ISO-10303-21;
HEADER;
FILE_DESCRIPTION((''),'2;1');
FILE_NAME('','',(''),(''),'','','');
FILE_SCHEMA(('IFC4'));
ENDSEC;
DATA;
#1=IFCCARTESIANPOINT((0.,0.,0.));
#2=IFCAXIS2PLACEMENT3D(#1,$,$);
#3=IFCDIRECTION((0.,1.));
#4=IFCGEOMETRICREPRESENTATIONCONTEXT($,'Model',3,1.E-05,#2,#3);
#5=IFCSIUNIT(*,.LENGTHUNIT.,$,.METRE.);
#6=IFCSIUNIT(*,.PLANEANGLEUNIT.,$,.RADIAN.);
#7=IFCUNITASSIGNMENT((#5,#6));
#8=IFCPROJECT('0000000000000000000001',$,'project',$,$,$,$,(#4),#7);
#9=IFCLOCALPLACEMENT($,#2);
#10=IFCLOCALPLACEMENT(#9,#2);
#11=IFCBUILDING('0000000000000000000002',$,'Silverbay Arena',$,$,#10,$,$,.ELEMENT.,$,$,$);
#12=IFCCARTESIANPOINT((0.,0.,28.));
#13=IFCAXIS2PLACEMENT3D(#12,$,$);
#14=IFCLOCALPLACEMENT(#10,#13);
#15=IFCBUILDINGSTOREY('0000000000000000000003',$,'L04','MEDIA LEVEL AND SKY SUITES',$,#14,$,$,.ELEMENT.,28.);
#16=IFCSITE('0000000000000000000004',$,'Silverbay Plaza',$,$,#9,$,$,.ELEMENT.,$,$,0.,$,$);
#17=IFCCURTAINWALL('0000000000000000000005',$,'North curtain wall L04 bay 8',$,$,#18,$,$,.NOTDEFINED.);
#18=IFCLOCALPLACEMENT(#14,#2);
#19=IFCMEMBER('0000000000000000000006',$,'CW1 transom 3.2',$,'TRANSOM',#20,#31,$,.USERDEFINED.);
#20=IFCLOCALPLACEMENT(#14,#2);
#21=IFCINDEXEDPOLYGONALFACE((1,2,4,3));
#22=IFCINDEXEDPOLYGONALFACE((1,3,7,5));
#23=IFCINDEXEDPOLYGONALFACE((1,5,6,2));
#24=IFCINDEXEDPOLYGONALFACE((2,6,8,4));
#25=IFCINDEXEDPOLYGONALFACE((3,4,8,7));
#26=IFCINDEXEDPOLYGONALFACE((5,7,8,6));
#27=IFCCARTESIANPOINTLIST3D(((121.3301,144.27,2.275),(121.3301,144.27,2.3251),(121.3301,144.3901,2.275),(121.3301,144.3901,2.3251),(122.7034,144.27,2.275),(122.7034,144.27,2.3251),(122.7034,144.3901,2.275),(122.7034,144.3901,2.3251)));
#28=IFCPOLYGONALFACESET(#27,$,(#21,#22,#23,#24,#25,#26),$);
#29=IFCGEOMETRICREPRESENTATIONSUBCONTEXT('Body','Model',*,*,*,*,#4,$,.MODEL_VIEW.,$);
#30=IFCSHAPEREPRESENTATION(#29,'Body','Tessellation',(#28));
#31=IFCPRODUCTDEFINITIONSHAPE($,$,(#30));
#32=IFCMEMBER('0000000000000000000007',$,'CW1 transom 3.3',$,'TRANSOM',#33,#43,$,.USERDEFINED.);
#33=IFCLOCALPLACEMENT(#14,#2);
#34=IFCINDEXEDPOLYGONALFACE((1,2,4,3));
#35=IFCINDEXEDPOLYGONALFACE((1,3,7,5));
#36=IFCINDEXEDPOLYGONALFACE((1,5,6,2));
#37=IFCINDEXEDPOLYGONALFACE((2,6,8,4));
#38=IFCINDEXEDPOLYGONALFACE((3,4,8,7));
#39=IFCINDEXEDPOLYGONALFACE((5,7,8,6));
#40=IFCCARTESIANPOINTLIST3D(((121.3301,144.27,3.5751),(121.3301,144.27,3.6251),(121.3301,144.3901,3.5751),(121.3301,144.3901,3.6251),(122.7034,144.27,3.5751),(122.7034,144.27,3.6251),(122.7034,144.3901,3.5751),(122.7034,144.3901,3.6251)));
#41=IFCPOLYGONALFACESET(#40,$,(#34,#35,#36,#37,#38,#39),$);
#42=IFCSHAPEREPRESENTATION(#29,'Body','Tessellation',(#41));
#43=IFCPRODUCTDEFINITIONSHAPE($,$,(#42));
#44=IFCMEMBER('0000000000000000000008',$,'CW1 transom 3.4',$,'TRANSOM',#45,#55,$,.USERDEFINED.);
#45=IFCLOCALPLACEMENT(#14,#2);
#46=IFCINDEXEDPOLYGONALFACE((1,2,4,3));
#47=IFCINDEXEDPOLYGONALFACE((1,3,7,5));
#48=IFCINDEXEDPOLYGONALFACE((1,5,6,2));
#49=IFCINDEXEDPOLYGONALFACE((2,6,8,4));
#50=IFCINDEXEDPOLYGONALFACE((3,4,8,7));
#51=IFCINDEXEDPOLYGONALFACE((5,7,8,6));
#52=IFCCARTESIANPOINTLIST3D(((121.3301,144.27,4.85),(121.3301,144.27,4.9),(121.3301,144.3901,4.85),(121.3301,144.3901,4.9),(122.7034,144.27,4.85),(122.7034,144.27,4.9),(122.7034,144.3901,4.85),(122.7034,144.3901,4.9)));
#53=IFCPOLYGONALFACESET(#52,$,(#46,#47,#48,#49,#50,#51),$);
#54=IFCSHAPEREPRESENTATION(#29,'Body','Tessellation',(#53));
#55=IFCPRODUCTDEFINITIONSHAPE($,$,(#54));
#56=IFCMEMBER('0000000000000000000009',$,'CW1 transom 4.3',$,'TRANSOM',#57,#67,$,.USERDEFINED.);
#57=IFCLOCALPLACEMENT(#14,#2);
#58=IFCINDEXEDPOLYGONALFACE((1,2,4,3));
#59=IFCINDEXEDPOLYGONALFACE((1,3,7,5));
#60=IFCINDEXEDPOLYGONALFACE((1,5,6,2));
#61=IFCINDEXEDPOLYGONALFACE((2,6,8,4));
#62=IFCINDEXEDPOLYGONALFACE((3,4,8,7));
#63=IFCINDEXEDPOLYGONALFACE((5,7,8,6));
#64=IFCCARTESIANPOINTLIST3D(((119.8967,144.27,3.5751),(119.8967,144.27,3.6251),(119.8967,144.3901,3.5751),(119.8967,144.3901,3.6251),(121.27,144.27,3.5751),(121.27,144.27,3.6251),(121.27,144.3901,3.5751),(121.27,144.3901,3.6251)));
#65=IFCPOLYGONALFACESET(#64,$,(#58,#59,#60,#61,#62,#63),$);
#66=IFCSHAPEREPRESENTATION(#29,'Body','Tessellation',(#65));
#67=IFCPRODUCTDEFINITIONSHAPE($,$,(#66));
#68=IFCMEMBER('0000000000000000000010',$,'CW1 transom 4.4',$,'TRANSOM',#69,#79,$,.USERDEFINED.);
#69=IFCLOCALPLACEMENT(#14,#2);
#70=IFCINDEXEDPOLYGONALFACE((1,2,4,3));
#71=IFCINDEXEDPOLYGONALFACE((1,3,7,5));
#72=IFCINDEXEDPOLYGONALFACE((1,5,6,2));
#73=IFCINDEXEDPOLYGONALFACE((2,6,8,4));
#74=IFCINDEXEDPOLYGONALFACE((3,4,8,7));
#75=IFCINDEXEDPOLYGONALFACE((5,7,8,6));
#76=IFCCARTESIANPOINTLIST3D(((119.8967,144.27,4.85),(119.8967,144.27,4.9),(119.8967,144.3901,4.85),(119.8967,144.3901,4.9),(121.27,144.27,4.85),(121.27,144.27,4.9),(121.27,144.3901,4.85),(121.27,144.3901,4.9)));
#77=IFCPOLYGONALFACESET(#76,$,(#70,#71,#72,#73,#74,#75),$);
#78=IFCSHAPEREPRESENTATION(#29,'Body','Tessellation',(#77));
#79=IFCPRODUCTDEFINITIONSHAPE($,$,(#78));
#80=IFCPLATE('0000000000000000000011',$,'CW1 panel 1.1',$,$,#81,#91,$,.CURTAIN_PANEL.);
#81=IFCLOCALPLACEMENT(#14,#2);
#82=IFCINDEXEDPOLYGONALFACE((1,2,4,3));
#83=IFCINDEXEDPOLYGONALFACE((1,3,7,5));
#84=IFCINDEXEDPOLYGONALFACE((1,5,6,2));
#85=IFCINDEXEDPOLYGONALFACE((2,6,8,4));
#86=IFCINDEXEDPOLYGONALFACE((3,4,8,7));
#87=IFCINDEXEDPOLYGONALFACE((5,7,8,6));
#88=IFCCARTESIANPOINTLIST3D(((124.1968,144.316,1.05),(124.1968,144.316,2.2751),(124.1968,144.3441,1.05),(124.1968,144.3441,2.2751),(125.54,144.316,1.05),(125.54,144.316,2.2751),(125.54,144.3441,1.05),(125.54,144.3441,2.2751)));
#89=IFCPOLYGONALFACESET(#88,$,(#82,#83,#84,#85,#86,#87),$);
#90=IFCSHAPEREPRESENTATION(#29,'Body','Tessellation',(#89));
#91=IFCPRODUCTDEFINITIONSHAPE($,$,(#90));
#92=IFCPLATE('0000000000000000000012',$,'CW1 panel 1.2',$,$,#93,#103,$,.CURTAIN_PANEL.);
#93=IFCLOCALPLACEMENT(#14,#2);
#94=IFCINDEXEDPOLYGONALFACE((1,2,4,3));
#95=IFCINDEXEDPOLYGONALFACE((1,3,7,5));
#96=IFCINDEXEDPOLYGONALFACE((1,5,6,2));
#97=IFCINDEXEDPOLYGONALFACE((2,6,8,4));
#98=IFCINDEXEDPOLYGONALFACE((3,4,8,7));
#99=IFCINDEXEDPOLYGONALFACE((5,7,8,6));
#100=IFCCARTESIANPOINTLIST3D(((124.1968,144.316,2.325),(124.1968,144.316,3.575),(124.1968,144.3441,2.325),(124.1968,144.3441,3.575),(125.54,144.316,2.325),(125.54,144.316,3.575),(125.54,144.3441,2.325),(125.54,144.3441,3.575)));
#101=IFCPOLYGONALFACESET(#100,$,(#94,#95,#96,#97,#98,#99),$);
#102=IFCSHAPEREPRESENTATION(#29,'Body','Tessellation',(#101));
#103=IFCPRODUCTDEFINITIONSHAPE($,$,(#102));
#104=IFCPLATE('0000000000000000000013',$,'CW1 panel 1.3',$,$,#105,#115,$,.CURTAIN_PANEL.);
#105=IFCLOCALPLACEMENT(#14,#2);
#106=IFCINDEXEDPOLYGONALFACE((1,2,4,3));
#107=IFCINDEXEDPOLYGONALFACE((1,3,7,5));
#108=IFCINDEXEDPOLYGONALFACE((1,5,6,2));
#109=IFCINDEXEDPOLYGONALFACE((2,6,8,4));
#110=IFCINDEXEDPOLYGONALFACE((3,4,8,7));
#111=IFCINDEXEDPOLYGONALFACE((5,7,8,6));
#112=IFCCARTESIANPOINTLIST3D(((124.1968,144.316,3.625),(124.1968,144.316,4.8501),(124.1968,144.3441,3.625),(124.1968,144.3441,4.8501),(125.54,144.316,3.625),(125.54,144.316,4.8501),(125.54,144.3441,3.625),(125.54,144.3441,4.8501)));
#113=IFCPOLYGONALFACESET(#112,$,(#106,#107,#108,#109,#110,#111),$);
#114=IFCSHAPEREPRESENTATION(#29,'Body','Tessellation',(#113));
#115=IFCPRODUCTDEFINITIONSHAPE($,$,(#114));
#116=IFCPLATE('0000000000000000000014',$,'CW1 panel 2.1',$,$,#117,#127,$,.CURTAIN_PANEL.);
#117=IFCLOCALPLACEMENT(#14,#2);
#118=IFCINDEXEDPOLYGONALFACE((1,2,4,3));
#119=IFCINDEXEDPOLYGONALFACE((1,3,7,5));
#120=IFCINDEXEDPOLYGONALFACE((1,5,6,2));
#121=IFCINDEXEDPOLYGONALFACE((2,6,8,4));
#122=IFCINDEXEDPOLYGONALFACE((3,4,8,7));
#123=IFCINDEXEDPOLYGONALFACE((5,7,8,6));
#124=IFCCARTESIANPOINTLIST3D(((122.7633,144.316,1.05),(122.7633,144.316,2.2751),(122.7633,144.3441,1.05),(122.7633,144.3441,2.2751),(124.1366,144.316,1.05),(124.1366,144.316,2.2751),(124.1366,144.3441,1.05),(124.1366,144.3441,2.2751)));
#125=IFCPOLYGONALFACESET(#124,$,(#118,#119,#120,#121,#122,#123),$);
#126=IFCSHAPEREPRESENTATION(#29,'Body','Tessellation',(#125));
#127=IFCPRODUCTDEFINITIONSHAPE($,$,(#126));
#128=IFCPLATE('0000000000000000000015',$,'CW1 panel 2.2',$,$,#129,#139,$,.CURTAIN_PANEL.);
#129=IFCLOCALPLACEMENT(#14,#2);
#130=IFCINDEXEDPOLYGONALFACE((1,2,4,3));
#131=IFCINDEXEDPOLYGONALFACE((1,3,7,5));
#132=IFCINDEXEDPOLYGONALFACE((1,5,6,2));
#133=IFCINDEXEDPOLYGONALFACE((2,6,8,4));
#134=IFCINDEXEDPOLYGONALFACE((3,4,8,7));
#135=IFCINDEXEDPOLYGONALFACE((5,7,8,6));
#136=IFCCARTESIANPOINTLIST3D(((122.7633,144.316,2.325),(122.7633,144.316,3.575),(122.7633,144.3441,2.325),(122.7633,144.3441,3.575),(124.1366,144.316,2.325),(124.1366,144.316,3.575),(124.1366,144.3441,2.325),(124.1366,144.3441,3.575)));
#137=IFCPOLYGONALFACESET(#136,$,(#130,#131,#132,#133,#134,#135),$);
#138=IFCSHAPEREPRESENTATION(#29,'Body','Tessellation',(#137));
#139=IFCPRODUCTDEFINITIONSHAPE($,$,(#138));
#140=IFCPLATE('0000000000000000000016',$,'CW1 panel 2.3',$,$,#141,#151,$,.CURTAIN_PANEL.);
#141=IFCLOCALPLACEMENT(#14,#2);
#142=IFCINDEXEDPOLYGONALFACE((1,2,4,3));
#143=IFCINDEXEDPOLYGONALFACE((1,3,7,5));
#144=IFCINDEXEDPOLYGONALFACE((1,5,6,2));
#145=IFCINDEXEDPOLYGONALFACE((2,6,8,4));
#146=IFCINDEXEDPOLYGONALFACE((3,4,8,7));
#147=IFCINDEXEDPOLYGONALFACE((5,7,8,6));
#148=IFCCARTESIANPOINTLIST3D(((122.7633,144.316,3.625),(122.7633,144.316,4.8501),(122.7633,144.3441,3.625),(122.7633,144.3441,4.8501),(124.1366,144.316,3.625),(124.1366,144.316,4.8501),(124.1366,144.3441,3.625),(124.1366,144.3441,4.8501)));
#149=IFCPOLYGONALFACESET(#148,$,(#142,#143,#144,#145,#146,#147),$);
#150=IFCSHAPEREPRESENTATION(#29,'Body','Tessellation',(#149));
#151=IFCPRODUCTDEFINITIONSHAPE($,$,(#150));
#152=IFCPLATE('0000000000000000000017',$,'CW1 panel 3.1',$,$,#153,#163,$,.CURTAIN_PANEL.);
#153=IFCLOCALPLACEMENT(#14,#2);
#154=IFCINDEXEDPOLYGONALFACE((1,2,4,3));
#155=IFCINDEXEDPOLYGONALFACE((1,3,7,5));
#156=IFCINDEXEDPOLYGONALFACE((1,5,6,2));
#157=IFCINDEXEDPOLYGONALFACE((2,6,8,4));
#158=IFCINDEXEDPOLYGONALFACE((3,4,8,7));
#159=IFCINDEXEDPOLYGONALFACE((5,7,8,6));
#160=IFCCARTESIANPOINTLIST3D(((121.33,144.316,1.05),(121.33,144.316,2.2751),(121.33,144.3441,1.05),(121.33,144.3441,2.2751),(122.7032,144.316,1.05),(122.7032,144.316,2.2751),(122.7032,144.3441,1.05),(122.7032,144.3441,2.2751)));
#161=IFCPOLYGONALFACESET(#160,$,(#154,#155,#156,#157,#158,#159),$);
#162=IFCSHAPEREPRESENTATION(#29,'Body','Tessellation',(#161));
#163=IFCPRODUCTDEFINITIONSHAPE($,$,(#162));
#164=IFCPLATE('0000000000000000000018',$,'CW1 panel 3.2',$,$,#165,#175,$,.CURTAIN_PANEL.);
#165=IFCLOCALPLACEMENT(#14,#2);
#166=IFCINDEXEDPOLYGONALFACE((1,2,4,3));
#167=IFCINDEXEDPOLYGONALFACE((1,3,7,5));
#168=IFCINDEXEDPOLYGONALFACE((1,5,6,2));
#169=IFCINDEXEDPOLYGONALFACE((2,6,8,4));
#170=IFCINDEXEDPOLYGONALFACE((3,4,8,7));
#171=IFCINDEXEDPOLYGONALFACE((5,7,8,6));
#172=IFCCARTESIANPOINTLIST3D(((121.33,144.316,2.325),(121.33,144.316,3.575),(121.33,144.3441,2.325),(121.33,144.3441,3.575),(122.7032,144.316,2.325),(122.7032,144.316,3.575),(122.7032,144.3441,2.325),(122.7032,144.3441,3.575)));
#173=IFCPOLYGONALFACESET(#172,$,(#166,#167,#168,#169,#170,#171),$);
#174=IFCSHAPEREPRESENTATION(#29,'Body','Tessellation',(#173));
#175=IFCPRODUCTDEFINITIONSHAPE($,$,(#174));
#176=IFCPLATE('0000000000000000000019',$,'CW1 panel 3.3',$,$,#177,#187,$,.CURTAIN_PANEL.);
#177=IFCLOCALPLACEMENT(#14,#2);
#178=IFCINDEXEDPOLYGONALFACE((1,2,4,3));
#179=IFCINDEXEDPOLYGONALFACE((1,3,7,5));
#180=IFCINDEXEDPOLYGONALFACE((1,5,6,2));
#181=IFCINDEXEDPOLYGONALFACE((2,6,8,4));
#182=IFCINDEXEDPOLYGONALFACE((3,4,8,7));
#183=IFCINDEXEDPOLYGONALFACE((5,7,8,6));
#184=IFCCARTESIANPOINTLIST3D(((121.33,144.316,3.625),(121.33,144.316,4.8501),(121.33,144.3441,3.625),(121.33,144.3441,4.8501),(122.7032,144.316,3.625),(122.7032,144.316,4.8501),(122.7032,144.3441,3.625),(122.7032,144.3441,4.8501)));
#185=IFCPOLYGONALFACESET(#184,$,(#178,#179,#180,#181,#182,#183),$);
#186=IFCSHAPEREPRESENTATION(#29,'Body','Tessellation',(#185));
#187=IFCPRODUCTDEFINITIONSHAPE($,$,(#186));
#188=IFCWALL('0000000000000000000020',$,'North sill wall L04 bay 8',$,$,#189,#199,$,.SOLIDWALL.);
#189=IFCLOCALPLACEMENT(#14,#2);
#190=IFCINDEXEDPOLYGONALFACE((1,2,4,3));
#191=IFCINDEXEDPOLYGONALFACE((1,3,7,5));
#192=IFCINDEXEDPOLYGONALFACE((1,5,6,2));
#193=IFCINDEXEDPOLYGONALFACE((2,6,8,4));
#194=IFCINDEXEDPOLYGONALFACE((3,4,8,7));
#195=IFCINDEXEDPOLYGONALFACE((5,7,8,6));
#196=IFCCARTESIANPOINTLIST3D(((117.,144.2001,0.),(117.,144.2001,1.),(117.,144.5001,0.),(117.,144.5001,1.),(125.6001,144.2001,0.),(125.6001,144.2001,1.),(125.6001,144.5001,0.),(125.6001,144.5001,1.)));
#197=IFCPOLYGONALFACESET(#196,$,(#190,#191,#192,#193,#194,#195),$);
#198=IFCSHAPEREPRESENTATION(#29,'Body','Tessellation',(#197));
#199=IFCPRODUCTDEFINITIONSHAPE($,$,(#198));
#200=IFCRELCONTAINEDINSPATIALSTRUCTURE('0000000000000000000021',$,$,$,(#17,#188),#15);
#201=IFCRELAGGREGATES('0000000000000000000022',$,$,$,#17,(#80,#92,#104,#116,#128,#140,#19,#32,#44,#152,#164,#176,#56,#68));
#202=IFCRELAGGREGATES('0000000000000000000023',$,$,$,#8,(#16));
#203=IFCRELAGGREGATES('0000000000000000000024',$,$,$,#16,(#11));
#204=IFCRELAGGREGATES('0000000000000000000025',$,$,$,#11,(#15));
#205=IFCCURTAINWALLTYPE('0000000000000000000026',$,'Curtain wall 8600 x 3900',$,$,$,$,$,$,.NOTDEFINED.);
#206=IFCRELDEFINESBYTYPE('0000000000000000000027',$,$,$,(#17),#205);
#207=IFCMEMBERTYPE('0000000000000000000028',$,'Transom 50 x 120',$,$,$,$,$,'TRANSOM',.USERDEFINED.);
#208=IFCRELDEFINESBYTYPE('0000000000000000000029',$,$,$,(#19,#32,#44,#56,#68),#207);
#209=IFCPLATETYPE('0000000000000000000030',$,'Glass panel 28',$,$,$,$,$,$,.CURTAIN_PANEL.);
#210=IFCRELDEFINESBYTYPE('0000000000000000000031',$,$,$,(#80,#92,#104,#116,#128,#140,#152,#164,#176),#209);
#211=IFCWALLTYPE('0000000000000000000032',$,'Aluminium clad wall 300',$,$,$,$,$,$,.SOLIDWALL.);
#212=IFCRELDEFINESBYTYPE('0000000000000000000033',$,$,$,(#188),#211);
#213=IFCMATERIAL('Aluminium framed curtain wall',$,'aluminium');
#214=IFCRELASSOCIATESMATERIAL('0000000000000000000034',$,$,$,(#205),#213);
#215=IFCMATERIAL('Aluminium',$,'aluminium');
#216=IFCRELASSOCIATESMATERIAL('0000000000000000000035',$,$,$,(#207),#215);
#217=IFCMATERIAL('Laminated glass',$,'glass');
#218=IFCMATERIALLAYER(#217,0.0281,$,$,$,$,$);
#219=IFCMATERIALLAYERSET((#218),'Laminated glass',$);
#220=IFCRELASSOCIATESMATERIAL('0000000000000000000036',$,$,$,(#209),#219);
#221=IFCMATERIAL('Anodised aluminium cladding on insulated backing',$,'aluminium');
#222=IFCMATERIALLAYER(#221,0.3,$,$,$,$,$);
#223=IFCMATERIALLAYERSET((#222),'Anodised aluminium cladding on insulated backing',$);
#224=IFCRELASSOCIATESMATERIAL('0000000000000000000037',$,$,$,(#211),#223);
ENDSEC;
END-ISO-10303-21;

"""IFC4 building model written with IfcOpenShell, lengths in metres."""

from ifc_helpers import new_model, si_unit, direction, frame, frame_2d, origin, origin_2d, place, context, subcontext, project, spatial, rectangle, extrude, material, layer, layer_set, material_profile, profile_set, type_object, element, aggregate, save


model = new_model("IFC4")

# Units and contexts
model_context = context("Model", 3, precision=1e-05, world=origin(), true_north=direction((0.0, 1.0)))
body_context = subcontext(model_context, "Body", "Model", "MODEL_VIEW")
ifc_project = project(units=[si_unit("LENGTHUNIT", "METRE"), si_unit("PLANEANGLEUNIT", "RADIAN")], contexts=[model_context])

# Site, building, storey
site_placement = place(None, origin())
site = spatial("IfcSite", under=ifc_project, at=site_placement, Name="Silverbay Plaza", CompositionType="ELEMENT", RefElevation=0.0)
building_placement = place(site_placement, origin())
building = spatial("IfcBuilding", under=site, at=building_placement, Name="Silverbay Arena", CompositionType="ELEMENT")
storey_placement = place(building_placement, frame((0.0, 0.0, 28.0)))
storey = spatial("IfcBuildingStorey", under=building, at=storey_placement, Name="L04", Description="MEDIA LEVEL AND SKY SUITES", CompositionType="ELEMENT", Elevation=28.0)

# Curtain wall
ifc_material_1 = material(Name="Aluminium framed curtain wall", Category="aluminium")
curtain_wall_type = type_object("IfcCurtainWallType", Name="Curtain wall 8600 x 3900", PredefinedType="NOTDEFINED", material=ifc_material_1)
curtain_wall_placement = place(storey_placement, origin())
curtain_wall = element("IfcCurtainWall", 1, at=curtain_wall_placement, inside=storey, type_object=curtain_wall_type, Name="North curtain wall L04 bay 8", PredefinedType="NOTDEFINED")

# Members
ifc_material_2 = material(Name="Aluminium", Category="aluminium")
ifc_material_profile_1 = material_profile(ifc_material_2, rectangle(XDim=0.1201, YDim=0.05, at=origin_2d()), Name="Transom 50 x 120")
ifc_profile_set_1 = profile_set([ifc_material_profile_1], Name="Aluminium")
member_type_1 = type_object("IfcMemberType", Name="Transom 50 x 120", ElementType="TRANSOM", PredefinedType="USERDEFINED", material=ifc_profile_set_1)
member_1_placement = place(storey_placement, frame((122.7034, 144.3301, 2.3), z_axis=(-1.0, 0.0, 0.0), x_axis=(0.0, -1.0, 0.0)))
member_1 = element("IfcMember", 2, at=member_1_placement, type_object=member_type_1, Name="CW1 transom 3.2", ObjectType="TRANSOM", PredefinedType="USERDEFINED", context=body_context, shape_type="SweptSolid", body=[
    extrude(rectangle(XDim=0.1201, YDim=0.05, at=origin_2d()), origin(), (0.0, 0.0, 1.0), 1.3733),
])
member_2_placement = place(storey_placement, frame((122.7034, 144.3301, 3.6001), z_axis=(-1.0, 0.0, 0.0), x_axis=(0.0, -1.0, 0.0)))
member_2 = element("IfcMember", 3, at=member_2_placement, type_object=member_type_1, Name="CW1 transom 3.3", ObjectType="TRANSOM", PredefinedType="USERDEFINED", context=body_context, shape_type="SweptSolid", body=[
    extrude(rectangle(XDim=0.1201, YDim=0.05, at=origin_2d()), origin(), (0.0, 0.0, 1.0), 1.3733),
])
member_3_placement = place(storey_placement, frame((122.7034, 144.3301, 4.875), z_axis=(-1.0, 0.0, 0.0), x_axis=(0.0, -1.0, 0.0)))
member_3 = element("IfcMember", 4, at=member_3_placement, type_object=member_type_1, Name="CW1 transom 3.4", ObjectType="TRANSOM", PredefinedType="USERDEFINED", context=body_context, shape_type="SweptSolid", body=[
    extrude(rectangle(XDim=0.1201, YDim=0.05, at=origin_2d()), origin(), (0.0, 0.0, 1.0), 1.3733),
])
member_4_placement = place(storey_placement, frame((121.27, 144.3301, 3.6001), z_axis=(-1.0, 0.0, 0.0), x_axis=(0.0, -1.0, 0.0)))
member_4 = element("IfcMember", 5, at=member_4_placement, type_object=member_type_1, Name="CW1 transom 4.3", ObjectType="TRANSOM", PredefinedType="USERDEFINED", context=body_context, shape_type="SweptSolid", body=[
    extrude(rectangle(XDim=0.1201, YDim=0.05, at=origin_2d()), origin(), (0.0, 0.0, 1.0), 1.3733),
])
member_5_placement = place(storey_placement, frame((121.27, 144.3301, 4.875), z_axis=(-1.0, 0.0, 0.0), x_axis=(0.0, -1.0, 0.0)))
member_5 = element("IfcMember", 6, at=member_5_placement, type_object=member_type_1, Name="CW1 transom 4.4", ObjectType="TRANSOM", PredefinedType="USERDEFINED", context=body_context, shape_type="SweptSolid", body=[
    extrude(rectangle(XDim=0.1201, YDim=0.05, at=origin_2d()), origin(), (0.0, 0.0, 1.0), 1.3733),
])

# Plates
ifc_material_3 = material(Name="Laminated glass", Category="glass")
ifc_layer_1 = layer(ifc_material_3, 0.0281)
ifc_layer_set_1 = layer_set([ifc_layer_1], Name="Laminated glass")
plate_type = type_object("IfcPlateType", Name="Glass panel 28", PredefinedType="CURTAIN_PANEL", material=ifc_layer_set_1)
plate_1_placement = place(storey_placement, frame((124.8684, 144.3301, 1.05), z_axis=(0.0, 0.0, 1.0), x_axis=(-1.0, 0.0, 0.0)))
plate_1 = element("IfcPlate", 7, at=plate_1_placement, type_object=plate_type, Name="CW1 panel 1.1", PredefinedType="CURTAIN_PANEL", context=body_context, shape_type="SweptSolid", body=[
    extrude(rectangle(XDim=1.3433, YDim=0.0281, at=origin_2d()), origin(), (0.0, 0.0, 1.0), 1.2251),
])
plate_2_placement = place(storey_placement, frame((124.8684, 144.3301, 2.325), z_axis=(0.0, 0.0, 1.0), x_axis=(-1.0, 0.0, 0.0)))
plate_2 = element("IfcPlate", 8, at=plate_2_placement, type_object=plate_type, Name="CW1 panel 1.2", PredefinedType="CURTAIN_PANEL", context=body_context, shape_type="SweptSolid", body=[
    extrude(rectangle(XDim=1.3433, YDim=0.0281, at=origin_2d()), origin(), (0.0, 0.0, 1.0), 1.25),
])
plate_3_placement = place(storey_placement, frame((124.8684, 144.3301, 3.625), z_axis=(0.0, 0.0, 1.0), x_axis=(-1.0, 0.0, 0.0)))
plate_3 = element("IfcPlate", 9, at=plate_3_placement, type_object=plate_type, Name="CW1 panel 1.3", PredefinedType="CURTAIN_PANEL", context=body_context, shape_type="SweptSolid", body=[
    extrude(rectangle(XDim=1.3433, YDim=0.0281, at=origin_2d()), origin(), (0.0, 0.0, 1.0), 1.2251),
])
plate_4_placement = place(storey_placement, frame((123.45, 144.3301, 1.05), z_axis=(0.0, 0.0, 1.0), x_axis=(-1.0, 0.0, 0.0)))
plate_4 = element("IfcPlate", 10, at=plate_4_placement, type_object=plate_type, Name="CW1 panel 2.1", PredefinedType="CURTAIN_PANEL", context=body_context, shape_type="SweptSolid", body=[
    extrude(rectangle(XDim=1.3733, YDim=0.0281, at=origin_2d()), origin(), (0.0, 0.0, 1.0), 1.2251),
])
plate_5_placement = place(storey_placement, frame((123.45, 144.3301, 2.325), z_axis=(0.0, 0.0, 1.0), x_axis=(-1.0, 0.0, 0.0)))
plate_5 = element("IfcPlate", 11, at=plate_5_placement, type_object=plate_type, Name="CW1 panel 2.2", PredefinedType="CURTAIN_PANEL", context=body_context, shape_type="SweptSolid", body=[
    extrude(rectangle(XDim=1.3733, YDim=0.0281, at=origin_2d()), origin(), (0.0, 0.0, 1.0), 1.25),
])
plate_6_placement = place(storey_placement, frame((123.45, 144.3301, 3.625), z_axis=(0.0, 0.0, 1.0), x_axis=(-1.0, 0.0, 0.0)))
plate_6 = element("IfcPlate", 12, at=plate_6_placement, type_object=plate_type, Name="CW1 panel 2.3", PredefinedType="CURTAIN_PANEL", context=body_context, shape_type="SweptSolid", body=[
    extrude(rectangle(XDim=1.3733, YDim=0.0281, at=origin_2d()), origin(), (0.0, 0.0, 1.0), 1.2251),
])
plate_7_placement = place(storey_placement, frame((122.0166, 144.3301, 1.05), z_axis=(0.0, 0.0, 1.0), x_axis=(-1.0, 0.0, 0.0)))
plate_7 = element("IfcPlate", 13, at=plate_7_placement, type_object=plate_type, Name="CW1 panel 3.1", PredefinedType="CURTAIN_PANEL", context=body_context, shape_type="SweptSolid", body=[
    extrude(rectangle(XDim=1.3733, YDim=0.0281, at=origin_2d()), origin(), (0.0, 0.0, 1.0), 1.2251),
])
plate_8_placement = place(storey_placement, frame((122.0166, 144.3301, 2.325), z_axis=(0.0, 0.0, 1.0), x_axis=(-1.0, 0.0, 0.0)))
plate_8 = element("IfcPlate", 14, at=plate_8_placement, type_object=plate_type, Name="CW1 panel 3.2", PredefinedType="CURTAIN_PANEL", context=body_context, shape_type="SweptSolid", body=[
    extrude(rectangle(XDim=1.3733, YDim=0.0281, at=origin_2d()), origin(), (0.0, 0.0, 1.0), 1.25),
])
plate_9_placement = place(storey_placement, frame((122.0166, 144.3301, 3.625), z_axis=(0.0, 0.0, 1.0), x_axis=(-1.0, 0.0, 0.0)))
plate_9 = element("IfcPlate", 15, at=plate_9_placement, type_object=plate_type, Name="CW1 panel 3.3", PredefinedType="CURTAIN_PANEL", context=body_context, shape_type="SweptSolid", body=[
    extrude(rectangle(XDim=1.3733, YDim=0.0281, at=origin_2d()), origin(), (0.0, 0.0, 1.0), 1.2251),
])
aggregate(curtain_wall, [plate_1, plate_2, plate_3, plate_4, plate_5, plate_6, member_1, member_2, member_3, plate_7, plate_8, plate_9, member_4, member_5])

# Wall
ifc_material_4 = material(Name="Anodised aluminium cladding on insulated backing", Category="aluminium")
ifc_layer_2 = layer(ifc_material_4, 0.3)
ifc_layer_set_2 = layer_set([ifc_layer_2], Name="Anodised aluminium cladding on insulated backing")
wall_type = type_object("IfcWallType", Name="Aluminium clad wall 300", PredefinedType="SOLIDWALL", material=ifc_layer_set_2)
wall_placement = place(storey_placement, frame((125.6001, 144.3501, 0.0), z_axis=(0.0, 0.0, 1.0), x_axis=(-1.0, 0.0, 0.0)))
element("IfcWall", 16, at=wall_placement, inside=storey, type_object=wall_type, Name="North sill wall L04 bay 8", PredefinedType="SOLIDWALL", context=body_context, shape_type="SweptSolid", body=[
    extrude(rectangle(XDim=8.6001, YDim=0.3, at=frame_2d((4.3, 0.0))), origin(), (0.0, 0.0, 1.0), 1.0),
])

save(model, "model.ifc")
